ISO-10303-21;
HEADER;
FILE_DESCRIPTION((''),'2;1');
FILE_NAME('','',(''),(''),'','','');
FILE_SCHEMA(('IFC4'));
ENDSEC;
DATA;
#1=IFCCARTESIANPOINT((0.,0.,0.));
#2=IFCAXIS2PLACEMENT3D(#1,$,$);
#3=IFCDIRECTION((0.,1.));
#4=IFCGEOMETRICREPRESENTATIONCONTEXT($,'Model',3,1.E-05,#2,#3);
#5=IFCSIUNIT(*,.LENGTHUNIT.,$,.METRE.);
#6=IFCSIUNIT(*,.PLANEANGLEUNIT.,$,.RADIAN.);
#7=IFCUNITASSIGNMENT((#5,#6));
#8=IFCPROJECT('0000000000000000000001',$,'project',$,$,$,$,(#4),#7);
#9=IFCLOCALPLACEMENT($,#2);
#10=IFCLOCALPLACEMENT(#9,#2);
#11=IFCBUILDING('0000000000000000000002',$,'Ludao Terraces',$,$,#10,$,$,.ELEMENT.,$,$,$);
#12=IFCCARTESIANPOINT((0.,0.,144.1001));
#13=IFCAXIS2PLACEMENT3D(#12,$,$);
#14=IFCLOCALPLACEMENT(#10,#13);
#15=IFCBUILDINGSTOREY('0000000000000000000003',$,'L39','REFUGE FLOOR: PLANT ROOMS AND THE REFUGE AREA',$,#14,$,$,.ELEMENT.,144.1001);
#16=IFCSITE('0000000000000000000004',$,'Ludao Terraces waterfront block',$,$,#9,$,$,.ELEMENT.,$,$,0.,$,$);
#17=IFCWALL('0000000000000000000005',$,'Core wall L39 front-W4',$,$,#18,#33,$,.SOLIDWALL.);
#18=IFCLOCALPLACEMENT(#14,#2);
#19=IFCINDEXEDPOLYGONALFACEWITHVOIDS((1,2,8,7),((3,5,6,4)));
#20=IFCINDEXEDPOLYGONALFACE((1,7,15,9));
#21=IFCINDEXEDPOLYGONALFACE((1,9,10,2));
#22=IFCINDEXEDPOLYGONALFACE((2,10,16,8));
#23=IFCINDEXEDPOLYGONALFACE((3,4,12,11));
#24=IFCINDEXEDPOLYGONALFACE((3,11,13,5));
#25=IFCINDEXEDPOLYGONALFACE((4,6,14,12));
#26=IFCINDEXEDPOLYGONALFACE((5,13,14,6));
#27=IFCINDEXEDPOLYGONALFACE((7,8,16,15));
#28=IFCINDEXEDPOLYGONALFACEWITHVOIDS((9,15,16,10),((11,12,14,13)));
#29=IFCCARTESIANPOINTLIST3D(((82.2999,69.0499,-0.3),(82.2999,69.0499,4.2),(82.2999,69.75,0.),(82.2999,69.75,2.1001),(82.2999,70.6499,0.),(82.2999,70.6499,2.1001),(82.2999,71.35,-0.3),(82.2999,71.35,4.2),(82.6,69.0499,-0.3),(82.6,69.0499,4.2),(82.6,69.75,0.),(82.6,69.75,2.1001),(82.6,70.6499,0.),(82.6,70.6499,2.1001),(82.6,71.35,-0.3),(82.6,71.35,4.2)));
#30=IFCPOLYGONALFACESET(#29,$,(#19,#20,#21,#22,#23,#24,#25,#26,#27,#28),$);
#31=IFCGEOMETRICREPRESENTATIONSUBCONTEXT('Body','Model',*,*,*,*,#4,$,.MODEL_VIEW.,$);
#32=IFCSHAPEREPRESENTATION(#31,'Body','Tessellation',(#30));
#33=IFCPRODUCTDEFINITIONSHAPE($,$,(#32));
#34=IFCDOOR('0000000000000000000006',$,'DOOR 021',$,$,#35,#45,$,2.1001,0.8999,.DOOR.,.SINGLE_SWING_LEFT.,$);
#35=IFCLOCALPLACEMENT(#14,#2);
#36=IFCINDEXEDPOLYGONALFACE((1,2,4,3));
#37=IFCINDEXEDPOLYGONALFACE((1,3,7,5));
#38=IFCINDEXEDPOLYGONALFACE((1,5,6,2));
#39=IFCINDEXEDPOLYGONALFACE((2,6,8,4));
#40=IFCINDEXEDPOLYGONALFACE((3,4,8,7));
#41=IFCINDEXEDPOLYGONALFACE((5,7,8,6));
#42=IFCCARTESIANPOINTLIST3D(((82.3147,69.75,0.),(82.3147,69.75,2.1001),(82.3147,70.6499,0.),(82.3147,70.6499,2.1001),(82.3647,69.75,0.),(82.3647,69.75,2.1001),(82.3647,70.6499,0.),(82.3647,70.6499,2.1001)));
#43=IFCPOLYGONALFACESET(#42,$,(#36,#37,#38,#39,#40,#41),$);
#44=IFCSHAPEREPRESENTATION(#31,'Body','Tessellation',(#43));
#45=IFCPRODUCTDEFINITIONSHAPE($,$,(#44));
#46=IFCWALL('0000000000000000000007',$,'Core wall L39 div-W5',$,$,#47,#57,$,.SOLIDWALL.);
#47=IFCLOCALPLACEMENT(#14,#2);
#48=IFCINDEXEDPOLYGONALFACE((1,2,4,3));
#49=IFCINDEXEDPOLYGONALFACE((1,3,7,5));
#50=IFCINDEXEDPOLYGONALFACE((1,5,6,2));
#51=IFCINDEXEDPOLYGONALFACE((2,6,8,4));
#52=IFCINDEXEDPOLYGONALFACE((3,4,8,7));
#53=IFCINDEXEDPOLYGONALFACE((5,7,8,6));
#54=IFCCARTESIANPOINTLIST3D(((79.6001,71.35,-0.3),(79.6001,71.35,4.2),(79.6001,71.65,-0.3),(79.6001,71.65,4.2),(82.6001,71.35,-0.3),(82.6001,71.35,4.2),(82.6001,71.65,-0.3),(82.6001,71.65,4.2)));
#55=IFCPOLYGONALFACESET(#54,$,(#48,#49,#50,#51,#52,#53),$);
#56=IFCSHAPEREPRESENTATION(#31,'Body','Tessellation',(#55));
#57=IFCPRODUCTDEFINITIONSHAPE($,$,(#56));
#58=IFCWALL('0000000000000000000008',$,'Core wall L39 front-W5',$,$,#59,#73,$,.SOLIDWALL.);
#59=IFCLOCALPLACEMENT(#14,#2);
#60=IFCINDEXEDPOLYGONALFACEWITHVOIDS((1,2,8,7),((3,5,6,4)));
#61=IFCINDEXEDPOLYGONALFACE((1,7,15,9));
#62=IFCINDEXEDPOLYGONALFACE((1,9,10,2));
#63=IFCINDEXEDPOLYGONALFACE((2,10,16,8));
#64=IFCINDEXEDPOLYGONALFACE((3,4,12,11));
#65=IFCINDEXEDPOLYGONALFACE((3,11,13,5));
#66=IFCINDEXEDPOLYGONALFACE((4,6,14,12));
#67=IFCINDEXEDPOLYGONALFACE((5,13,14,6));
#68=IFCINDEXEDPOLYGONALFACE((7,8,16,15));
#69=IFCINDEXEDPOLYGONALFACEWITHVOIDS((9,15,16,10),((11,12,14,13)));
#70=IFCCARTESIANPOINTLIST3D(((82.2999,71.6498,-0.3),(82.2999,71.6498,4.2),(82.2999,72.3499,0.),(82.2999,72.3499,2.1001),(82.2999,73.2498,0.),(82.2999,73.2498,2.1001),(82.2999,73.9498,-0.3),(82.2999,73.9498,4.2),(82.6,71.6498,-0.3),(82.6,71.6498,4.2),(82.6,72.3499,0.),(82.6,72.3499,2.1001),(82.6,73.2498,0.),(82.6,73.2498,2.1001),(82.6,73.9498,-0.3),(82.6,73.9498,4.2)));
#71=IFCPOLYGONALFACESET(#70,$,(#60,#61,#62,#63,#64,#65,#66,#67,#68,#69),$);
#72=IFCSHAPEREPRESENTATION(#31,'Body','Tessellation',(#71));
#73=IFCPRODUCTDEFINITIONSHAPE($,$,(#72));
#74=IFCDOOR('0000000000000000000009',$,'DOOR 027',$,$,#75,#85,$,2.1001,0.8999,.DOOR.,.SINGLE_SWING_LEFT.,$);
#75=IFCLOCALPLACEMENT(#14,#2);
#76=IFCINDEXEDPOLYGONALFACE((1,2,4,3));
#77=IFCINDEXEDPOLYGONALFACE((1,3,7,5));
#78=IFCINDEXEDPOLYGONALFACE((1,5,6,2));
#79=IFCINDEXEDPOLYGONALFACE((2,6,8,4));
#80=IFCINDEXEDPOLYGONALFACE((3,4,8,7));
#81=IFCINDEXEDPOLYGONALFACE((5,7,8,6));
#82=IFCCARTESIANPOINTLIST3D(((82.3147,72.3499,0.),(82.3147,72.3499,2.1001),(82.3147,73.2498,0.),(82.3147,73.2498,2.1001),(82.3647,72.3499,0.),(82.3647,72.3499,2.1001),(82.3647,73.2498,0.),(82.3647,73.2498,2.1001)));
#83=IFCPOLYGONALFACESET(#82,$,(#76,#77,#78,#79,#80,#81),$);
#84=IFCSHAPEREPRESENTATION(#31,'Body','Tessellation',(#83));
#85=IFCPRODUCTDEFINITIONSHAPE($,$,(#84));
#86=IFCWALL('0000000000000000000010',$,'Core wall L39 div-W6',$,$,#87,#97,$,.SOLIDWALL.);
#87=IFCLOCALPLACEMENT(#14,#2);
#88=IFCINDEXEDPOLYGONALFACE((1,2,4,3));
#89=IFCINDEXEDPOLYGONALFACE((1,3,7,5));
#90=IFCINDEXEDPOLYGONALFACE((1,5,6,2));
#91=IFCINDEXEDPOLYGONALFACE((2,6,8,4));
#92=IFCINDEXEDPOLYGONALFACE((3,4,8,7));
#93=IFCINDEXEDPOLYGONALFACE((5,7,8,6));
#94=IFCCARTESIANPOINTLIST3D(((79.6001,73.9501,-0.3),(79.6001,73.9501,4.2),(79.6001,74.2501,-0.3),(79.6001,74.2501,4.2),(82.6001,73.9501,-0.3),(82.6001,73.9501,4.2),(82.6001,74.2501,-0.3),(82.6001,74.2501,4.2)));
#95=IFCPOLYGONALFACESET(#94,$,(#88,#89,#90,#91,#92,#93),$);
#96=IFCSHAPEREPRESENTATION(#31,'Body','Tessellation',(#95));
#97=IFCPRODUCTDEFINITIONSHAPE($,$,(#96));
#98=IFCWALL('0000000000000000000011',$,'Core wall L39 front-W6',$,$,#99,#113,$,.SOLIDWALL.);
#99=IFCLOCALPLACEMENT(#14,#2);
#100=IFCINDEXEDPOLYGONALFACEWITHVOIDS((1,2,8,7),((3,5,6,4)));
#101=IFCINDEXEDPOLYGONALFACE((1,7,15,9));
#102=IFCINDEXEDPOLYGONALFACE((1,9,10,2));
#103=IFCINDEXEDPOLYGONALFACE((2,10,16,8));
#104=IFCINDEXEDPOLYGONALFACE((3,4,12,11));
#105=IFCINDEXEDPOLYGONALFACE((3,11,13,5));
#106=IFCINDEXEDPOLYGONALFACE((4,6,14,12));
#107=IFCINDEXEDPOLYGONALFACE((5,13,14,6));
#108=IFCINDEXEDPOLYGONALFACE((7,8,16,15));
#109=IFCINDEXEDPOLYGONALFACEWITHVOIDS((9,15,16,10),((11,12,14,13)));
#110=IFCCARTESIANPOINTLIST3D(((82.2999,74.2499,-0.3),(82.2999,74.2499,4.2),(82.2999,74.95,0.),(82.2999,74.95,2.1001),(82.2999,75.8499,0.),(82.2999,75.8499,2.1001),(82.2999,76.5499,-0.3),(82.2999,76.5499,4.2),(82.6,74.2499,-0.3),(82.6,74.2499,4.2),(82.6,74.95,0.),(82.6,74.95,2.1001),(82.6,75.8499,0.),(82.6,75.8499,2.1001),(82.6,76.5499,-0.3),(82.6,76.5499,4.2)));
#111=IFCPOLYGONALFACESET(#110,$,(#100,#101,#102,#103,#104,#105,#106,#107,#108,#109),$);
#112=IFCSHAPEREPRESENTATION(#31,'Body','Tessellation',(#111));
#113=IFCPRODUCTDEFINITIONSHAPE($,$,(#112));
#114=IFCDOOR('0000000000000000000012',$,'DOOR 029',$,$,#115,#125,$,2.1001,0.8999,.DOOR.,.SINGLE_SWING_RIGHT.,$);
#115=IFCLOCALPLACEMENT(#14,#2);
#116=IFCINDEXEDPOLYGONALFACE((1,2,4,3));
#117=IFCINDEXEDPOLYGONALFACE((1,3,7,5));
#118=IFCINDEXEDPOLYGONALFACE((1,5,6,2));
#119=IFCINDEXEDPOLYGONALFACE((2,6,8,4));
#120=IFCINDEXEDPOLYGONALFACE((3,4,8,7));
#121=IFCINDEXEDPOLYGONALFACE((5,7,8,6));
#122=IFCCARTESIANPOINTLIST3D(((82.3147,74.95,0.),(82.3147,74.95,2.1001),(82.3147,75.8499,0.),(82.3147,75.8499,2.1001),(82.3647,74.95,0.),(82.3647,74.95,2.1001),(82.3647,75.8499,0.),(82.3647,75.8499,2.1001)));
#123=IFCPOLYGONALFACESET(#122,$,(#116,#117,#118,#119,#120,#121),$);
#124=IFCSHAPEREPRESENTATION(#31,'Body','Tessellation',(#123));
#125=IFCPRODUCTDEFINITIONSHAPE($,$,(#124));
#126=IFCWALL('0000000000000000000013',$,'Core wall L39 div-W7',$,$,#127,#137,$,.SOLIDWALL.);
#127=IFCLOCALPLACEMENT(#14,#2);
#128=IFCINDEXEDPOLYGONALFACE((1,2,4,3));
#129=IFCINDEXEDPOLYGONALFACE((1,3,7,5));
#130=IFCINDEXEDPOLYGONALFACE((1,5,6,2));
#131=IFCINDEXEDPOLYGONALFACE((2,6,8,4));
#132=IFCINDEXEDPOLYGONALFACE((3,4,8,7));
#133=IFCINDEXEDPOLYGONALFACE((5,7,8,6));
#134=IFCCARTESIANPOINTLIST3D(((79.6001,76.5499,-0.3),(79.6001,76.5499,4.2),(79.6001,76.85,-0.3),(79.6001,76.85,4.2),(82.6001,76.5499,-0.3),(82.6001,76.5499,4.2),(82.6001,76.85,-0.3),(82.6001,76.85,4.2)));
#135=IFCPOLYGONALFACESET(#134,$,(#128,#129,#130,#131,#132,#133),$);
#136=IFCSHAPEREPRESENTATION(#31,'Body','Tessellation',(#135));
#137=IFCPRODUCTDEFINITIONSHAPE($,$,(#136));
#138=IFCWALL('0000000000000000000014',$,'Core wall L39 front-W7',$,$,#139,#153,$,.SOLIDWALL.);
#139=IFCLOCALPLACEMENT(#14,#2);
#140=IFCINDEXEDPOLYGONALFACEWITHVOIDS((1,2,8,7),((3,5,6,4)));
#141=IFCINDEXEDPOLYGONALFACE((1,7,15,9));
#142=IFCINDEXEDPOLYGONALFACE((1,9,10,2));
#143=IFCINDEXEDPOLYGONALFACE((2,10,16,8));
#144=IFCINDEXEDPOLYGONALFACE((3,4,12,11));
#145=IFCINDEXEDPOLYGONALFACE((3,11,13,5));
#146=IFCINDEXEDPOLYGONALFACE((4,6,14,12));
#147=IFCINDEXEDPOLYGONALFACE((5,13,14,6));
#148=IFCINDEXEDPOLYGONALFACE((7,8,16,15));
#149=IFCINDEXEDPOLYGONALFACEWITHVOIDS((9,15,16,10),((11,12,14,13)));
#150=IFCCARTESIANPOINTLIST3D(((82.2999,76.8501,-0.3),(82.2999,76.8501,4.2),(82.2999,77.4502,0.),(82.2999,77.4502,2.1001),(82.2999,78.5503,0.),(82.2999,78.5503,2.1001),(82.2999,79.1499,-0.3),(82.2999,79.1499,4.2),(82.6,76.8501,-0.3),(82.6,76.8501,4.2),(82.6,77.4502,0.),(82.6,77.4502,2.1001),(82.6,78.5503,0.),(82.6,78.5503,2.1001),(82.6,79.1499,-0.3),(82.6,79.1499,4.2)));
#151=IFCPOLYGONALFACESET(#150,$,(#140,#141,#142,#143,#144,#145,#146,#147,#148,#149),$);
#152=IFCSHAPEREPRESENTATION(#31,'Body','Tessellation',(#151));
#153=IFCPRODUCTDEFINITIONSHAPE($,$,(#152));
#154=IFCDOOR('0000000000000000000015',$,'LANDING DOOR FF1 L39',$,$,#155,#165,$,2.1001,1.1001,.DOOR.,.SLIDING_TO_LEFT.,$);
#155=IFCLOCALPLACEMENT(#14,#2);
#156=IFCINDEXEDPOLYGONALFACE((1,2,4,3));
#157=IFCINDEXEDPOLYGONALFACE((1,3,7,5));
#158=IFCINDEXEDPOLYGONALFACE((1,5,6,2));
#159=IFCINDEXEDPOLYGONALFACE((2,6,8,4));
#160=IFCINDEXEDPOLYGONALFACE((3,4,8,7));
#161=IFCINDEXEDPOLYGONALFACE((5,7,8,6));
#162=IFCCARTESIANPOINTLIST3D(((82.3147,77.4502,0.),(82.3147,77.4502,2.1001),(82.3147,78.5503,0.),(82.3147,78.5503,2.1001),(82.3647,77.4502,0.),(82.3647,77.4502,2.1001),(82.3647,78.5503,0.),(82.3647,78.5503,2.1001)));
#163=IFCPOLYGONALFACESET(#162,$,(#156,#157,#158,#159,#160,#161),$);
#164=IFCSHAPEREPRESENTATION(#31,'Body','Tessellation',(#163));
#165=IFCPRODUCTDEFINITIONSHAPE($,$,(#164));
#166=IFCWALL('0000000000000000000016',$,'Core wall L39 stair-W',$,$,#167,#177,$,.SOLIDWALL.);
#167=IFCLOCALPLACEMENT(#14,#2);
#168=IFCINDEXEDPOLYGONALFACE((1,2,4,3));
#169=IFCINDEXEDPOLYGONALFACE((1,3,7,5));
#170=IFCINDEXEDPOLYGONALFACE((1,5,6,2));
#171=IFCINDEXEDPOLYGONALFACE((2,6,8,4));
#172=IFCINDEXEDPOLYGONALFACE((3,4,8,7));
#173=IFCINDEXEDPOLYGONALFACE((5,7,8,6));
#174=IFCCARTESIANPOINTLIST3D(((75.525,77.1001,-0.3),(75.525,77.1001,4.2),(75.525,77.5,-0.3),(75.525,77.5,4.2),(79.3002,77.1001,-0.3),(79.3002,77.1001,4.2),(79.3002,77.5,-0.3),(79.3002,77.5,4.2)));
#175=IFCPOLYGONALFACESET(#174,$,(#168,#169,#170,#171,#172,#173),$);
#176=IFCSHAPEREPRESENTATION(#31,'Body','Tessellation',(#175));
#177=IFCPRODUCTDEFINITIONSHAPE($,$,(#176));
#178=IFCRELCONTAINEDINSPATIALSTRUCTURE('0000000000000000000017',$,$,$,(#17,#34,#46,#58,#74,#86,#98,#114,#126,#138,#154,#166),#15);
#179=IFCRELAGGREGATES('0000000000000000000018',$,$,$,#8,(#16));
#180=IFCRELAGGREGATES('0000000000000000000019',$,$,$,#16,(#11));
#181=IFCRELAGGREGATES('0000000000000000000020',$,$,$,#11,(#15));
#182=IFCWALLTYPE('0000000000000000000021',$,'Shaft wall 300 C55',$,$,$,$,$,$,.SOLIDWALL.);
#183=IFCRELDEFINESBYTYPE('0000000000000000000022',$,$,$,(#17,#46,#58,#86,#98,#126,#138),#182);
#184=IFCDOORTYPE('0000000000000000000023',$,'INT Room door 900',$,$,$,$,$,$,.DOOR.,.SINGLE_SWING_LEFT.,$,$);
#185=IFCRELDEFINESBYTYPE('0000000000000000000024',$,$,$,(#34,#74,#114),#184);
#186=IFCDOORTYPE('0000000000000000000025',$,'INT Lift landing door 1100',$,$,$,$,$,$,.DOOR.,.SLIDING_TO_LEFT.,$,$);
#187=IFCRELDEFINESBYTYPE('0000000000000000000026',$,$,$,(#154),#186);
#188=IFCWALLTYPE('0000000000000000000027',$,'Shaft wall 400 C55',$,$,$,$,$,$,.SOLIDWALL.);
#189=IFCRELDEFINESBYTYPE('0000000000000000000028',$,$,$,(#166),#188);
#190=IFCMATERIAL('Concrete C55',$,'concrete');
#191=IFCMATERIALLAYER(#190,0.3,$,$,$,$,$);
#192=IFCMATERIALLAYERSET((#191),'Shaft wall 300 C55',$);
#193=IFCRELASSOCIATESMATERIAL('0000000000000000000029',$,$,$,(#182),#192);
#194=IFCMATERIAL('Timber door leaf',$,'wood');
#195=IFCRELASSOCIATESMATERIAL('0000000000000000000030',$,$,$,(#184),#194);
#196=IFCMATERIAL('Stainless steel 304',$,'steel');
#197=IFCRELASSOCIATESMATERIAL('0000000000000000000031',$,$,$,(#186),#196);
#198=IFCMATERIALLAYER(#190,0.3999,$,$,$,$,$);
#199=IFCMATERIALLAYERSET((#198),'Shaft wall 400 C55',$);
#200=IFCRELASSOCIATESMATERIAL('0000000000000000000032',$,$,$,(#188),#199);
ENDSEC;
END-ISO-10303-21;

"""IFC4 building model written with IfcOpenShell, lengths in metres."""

from ifc_helpers import new_model, si_unit, direction, frame, frame_2d, origin, place, context, subcontext, project, spatial, rectangle, extrude, material, layer, layer_set, type_object, element, fill, save


model = new_model("IFC4")

# Units and contexts
model_context = context("Model", 3, precision=1e-05, world=origin(), true_north=direction((0.0, 1.0)))
body_context = subcontext(model_context, "Body", "Model", "MODEL_VIEW")
ifc_project = project(units=[si_unit("LENGTHUNIT", "METRE"), si_unit("PLANEANGLEUNIT", "RADIAN")], contexts=[model_context])

# Site, building, storey
site_placement = place(None, origin())
site = spatial("IfcSite", under=ifc_project, at=site_placement, Name="Ludao Terraces waterfront block", CompositionType="ELEMENT", RefElevation=0.0)
building_placement = place(site_placement, origin())
building = spatial("IfcBuilding", under=site, at=building_placement, Name="Ludao Terraces", CompositionType="ELEMENT")
storey_placement = place(building_placement, frame((0.0, 0.0, 144.1001)))
storey = spatial("IfcBuildingStorey", under=building, at=storey_placement, Name="L39", Description="REFUGE FLOOR: PLANT ROOMS AND THE REFUGE AREA", CompositionType="ELEMENT", Elevation=144.1001)

# Shared definitions
ifc_material_1 = material(Name="Concrete C55", Category="concrete")
ifc_layer_1 = layer(ifc_material_1, 0.3)
ifc_layer_set_1 = layer_set([ifc_layer_1], Name="Shaft wall 300 C55")
wall_type_1 = type_object("IfcWallType", Name="Shaft wall 300 C55", PredefinedType="SOLIDWALL", material=ifc_layer_set_1)

# Shared definitions
ifc_material_2 = material(Name="Timber door leaf", Category="wood")
door_type_1 = type_object("IfcDoorType", Name="INT Room door 900", OperationType="SINGLE_SWING_LEFT", PredefinedType="DOOR", material=ifc_material_2)

# Wall, opening, door
wall_1_placement = place(storey_placement, frame((82.45, 69.05, -0.3), z_axis=(0.0, 0.0, 1.0), x_axis=(0.0, 1.0, 0.0)))
wall_1 = element("IfcWall", 1, at=wall_1_placement, inside=storey, type_object=wall_type_1, Name="Core wall L39 front-W4", PredefinedType="SOLIDWALL", context=body_context, shape_type="SweptSolid", body=[
    extrude(rectangle(XDim=2.3, YDim=0.3, at=frame_2d((1.1499, 0.0))), origin(), (0.0, 0.0, 1.0), 4.5),
])
opening_1_placement = place(wall_1_placement, frame((0.7, 0.0, 0.3)))
opening_1 = element("IfcOpeningElement", 2, at=opening_1_placement, cuts=wall_1, PredefinedType="OPENING", context=body_context, shape_type="SweptSolid", body=[
    extrude(rectangle(XDim=0.8999, YDim=2.1001, at=frame_2d((0.45, 1.05))), frame((0.0, 0.1602, 0.0), z_axis=(0.0, -1.0, 0.0), x_axis=(1.0, 0.0, 0.0)), (0.0, 0.0, 1.0), 0.3201),
])
door_1_placement = place(opening_1_placement, origin())
door_1 = element("IfcDoor", 3, at=door_1_placement, inside=storey, type_object=door_type_1, Name="DOOR 021", OperationType="SINGLE_SWING_LEFT", OverallHeight=2.1001, OverallWidth=0.8999, PredefinedType="DOOR", context=body_context, shape_type="SweptSolid", body=[
    extrude(rectangle(XDim=0.8999, YDim=2.1001, at=frame_2d((0.45, 1.05))), frame((0.0, 0.1353, 0.0), z_axis=(0.0, -1.0, 0.0), x_axis=(1.0, 0.0, 0.0)), (0.0, 0.0, 1.0), 0.05),
])
fill(opening_1, door_1)

# Wall
wall_2_placement = place(storey_placement, frame((79.6001, 71.5, -0.3), z_axis=(0.0, 0.0, 1.0), x_axis=(1.0, 0.0, 0.0)))
element("IfcWall", 4, at=wall_2_placement, inside=storey, type_object=wall_type_1, Name="Core wall L39 div-W5", PredefinedType="SOLIDWALL", context=body_context, shape_type="SweptSolid", body=[
    extrude(rectangle(XDim=3.0, YDim=0.3, at=frame_2d((1.5, 0.0))), origin(), (0.0, 0.0, 1.0), 4.5),
])

# Wall, opening, door
wall_3_placement = place(storey_placement, frame((82.45, 71.6499, -0.3), z_axis=(0.0, 0.0, 1.0), x_axis=(0.0, 1.0, 0.0)))
wall_3 = element("IfcWall", 5, at=wall_3_placement, inside=storey, type_object=wall_type_1, Name="Core wall L39 front-W5", PredefinedType="SOLIDWALL", context=body_context, shape_type="SweptSolid", body=[
    extrude(rectangle(XDim=2.3, YDim=0.3, at=frame_2d((1.1499, 0.0))), origin(), (0.0, 0.0, 1.0), 4.5),
])
opening_2_placement = place(wall_3_placement, frame((0.7, 0.0, 0.3)))
opening_2 = element("IfcOpeningElement", 6, at=opening_2_placement, cuts=wall_3, PredefinedType="OPENING", context=body_context, shape_type="SweptSolid", body=[
    extrude(rectangle(XDim=0.8999, YDim=2.1001, at=frame_2d((0.45, 1.05))), frame((0.0, 0.1602, 0.0), z_axis=(0.0, -1.0, 0.0), x_axis=(1.0, 0.0, 0.0)), (0.0, 0.0, 1.0), 0.3201),
])
door_2_placement = place(opening_2_placement, origin())
door_2 = element("IfcDoor", 7, at=door_2_placement, inside=storey, type_object=door_type_1, Name="DOOR 027", OperationType="SINGLE_SWING_LEFT", OverallHeight=2.1001, OverallWidth=0.8999, PredefinedType="DOOR", context=body_context, shape_type="SweptSolid", body=[
    extrude(rectangle(XDim=0.8999, YDim=2.1001, at=frame_2d((0.45, 1.05))), frame((0.0, 0.1353, 0.0), z_axis=(0.0, -1.0, 0.0), x_axis=(1.0, 0.0, 0.0)), (0.0, 0.0, 1.0), 0.05),
])
fill(opening_2, door_2)

# Wall
wall_4_placement = place(storey_placement, frame((79.6001, 74.1001, -0.3), z_axis=(0.0, 0.0, 1.0), x_axis=(1.0, 0.0, 0.0)))
element("IfcWall", 8, at=wall_4_placement, inside=storey, type_object=wall_type_1, Name="Core wall L39 div-W6", PredefinedType="SOLIDWALL", context=body_context, shape_type="SweptSolid", body=[
    extrude(rectangle(XDim=3.0, YDim=0.3, at=frame_2d((1.5, 0.0))), origin(), (0.0, 0.0, 1.0), 4.5),
])

# Wall, opening, door
wall_5_placement = place(storey_placement, frame((82.45, 74.25, -0.3), z_axis=(0.0, 0.0, 1.0), x_axis=(0.0, 1.0, 0.0)))
wall_5 = element("IfcWall", 9, at=wall_5_placement, inside=storey, type_object=wall_type_1, Name="Core wall L39 front-W6", PredefinedType="SOLIDWALL", context=body_context, shape_type="SweptSolid", body=[
    extrude(rectangle(XDim=2.3, YDim=0.3, at=frame_2d((1.1499, 0.0))), origin(), (0.0, 0.0, 1.0), 4.5),
])
opening_3_placement = place(wall_5_placement, frame((0.7, 0.0, 0.3)))
opening_3 = element("IfcOpeningElement", 10, at=opening_3_placement, cuts=wall_5, PredefinedType="OPENING", context=body_context, shape_type="SweptSolid", body=[
    extrude(rectangle(XDim=0.8999, YDim=2.1001, at=frame_2d((0.45, 1.05))), frame((0.0, 0.1602, 0.0), z_axis=(0.0, -1.0, 0.0), x_axis=(1.0, 0.0, 0.0)), (0.0, 0.0, 1.0), 0.3201),
])
door_3_placement = place(opening_3_placement, origin())
door_3 = element("IfcDoor", 11, at=door_3_placement, inside=storey, type_object=door_type_1, Name="DOOR 029", OperationType="SINGLE_SWING_RIGHT", OverallHeight=2.1001, OverallWidth=0.8999, PredefinedType="DOOR", context=body_context, shape_type="SweptSolid", body=[
    extrude(rectangle(XDim=0.8999, YDim=2.1001, at=frame_2d((0.45, 1.05))), frame((0.0, 0.1353, 0.0), z_axis=(0.0, -1.0, 0.0), x_axis=(1.0, 0.0, 0.0)), (0.0, 0.0, 1.0), 0.05),
])
fill(opening_3, door_3)

# Wall
wall_6_placement = place(storey_placement, frame((79.6001, 76.7, -0.3), z_axis=(0.0, 0.0, 1.0), x_axis=(1.0, 0.0, 0.0)))
element("IfcWall", 12, at=wall_6_placement, inside=storey, type_object=wall_type_1, Name="Core wall L39 div-W7", PredefinedType="SOLIDWALL", context=body_context, shape_type="SweptSolid", body=[
    extrude(rectangle(XDim=3.0, YDim=0.3, at=frame_2d((1.5, 0.0))), origin(), (0.0, 0.0, 1.0), 4.5),
])

# Wall, opening, door
wall_7_placement = place(storey_placement, frame((82.45, 76.8501, -0.3), z_axis=(0.0, 0.0, 1.0), x_axis=(0.0, 1.0, 0.0)))
wall_7 = element("IfcWall", 13, at=wall_7_placement, inside=storey, type_object=wall_type_1, Name="Core wall L39 front-W7", PredefinedType="SOLIDWALL", context=body_context, shape_type="SweptSolid", body=[
    extrude(rectangle(XDim=2.2998, YDim=0.3, at=frame_2d((1.1499, 0.0))), origin(), (0.0, 0.0, 1.0), 4.5),
])
opening_4_placement = place(wall_7_placement, frame((0.6001, 0.0, 0.3)))
opening_4 = element("IfcOpeningElement", 14, at=opening_4_placement, cuts=wall_7, PredefinedType="OPENING", context=body_context, shape_type="SweptSolid", body=[
    extrude(rectangle(XDim=1.1001, YDim=2.1001, at=frame_2d((0.55, 1.05))), frame((0.0, 0.1602, 0.0), z_axis=(0.0, -1.0, 0.0), x_axis=(1.0, 0.0, 0.0)), (0.0, 0.0, 1.0), 0.3201),
])
ifc_material_3 = material(Name="Stainless steel 304", Category="steel")
door_type_2 = type_object("IfcDoorType", Name="INT Lift landing door 1100", OperationType="SLIDING_TO_LEFT", PredefinedType="DOOR", material=ifc_material_3)
door_4_placement = place(opening_4_placement, origin())
door_4 = element("IfcDoor", 15, at=door_4_placement, inside=storey, type_object=door_type_2, Name="LANDING DOOR FF1 L39", OperationType="SLIDING_TO_LEFT", OverallHeight=2.1001, OverallWidth=1.1001, PredefinedType="DOOR", context=body_context, shape_type="SweptSolid", body=[
    extrude(rectangle(XDim=1.1001, YDim=2.1001, at=frame_2d((0.55, 1.05))), frame((0.0, 0.1353, 0.0), z_axis=(0.0, -1.0, 0.0), x_axis=(1.0, 0.0, 0.0)), (0.0, 0.0, 1.0), 0.05),
])
fill(opening_4, door_4)

# Wall
ifc_layer_2 = layer(ifc_material_1, 0.3999)
ifc_layer_set_2 = layer_set([ifc_layer_2], Name="Shaft wall 400 C55")
wall_type_2 = type_object("IfcWallType", Name="Shaft wall 400 C55", PredefinedType="SOLIDWALL", material=ifc_layer_set_2)
wall_8_placement = place(storey_placement, frame((75.5249, 77.3, -0.3), z_axis=(0.0, 0.0, 1.0), x_axis=(1.0, 0.0, 0.0)))
element("IfcWall", 16, at=wall_8_placement, inside=storey, type_object=wall_type_2, Name="Core wall L39 stair-W", PredefinedType="SOLIDWALL", context=body_context, shape_type="SweptSolid", body=[
    extrude(rectangle(XDim=3.7751, YDim=0.3999, at=frame_2d((1.8877, 0.0))), origin(), (0.0, 0.0, 1.0), 4.5),
])

save(model, "model.ifc")
